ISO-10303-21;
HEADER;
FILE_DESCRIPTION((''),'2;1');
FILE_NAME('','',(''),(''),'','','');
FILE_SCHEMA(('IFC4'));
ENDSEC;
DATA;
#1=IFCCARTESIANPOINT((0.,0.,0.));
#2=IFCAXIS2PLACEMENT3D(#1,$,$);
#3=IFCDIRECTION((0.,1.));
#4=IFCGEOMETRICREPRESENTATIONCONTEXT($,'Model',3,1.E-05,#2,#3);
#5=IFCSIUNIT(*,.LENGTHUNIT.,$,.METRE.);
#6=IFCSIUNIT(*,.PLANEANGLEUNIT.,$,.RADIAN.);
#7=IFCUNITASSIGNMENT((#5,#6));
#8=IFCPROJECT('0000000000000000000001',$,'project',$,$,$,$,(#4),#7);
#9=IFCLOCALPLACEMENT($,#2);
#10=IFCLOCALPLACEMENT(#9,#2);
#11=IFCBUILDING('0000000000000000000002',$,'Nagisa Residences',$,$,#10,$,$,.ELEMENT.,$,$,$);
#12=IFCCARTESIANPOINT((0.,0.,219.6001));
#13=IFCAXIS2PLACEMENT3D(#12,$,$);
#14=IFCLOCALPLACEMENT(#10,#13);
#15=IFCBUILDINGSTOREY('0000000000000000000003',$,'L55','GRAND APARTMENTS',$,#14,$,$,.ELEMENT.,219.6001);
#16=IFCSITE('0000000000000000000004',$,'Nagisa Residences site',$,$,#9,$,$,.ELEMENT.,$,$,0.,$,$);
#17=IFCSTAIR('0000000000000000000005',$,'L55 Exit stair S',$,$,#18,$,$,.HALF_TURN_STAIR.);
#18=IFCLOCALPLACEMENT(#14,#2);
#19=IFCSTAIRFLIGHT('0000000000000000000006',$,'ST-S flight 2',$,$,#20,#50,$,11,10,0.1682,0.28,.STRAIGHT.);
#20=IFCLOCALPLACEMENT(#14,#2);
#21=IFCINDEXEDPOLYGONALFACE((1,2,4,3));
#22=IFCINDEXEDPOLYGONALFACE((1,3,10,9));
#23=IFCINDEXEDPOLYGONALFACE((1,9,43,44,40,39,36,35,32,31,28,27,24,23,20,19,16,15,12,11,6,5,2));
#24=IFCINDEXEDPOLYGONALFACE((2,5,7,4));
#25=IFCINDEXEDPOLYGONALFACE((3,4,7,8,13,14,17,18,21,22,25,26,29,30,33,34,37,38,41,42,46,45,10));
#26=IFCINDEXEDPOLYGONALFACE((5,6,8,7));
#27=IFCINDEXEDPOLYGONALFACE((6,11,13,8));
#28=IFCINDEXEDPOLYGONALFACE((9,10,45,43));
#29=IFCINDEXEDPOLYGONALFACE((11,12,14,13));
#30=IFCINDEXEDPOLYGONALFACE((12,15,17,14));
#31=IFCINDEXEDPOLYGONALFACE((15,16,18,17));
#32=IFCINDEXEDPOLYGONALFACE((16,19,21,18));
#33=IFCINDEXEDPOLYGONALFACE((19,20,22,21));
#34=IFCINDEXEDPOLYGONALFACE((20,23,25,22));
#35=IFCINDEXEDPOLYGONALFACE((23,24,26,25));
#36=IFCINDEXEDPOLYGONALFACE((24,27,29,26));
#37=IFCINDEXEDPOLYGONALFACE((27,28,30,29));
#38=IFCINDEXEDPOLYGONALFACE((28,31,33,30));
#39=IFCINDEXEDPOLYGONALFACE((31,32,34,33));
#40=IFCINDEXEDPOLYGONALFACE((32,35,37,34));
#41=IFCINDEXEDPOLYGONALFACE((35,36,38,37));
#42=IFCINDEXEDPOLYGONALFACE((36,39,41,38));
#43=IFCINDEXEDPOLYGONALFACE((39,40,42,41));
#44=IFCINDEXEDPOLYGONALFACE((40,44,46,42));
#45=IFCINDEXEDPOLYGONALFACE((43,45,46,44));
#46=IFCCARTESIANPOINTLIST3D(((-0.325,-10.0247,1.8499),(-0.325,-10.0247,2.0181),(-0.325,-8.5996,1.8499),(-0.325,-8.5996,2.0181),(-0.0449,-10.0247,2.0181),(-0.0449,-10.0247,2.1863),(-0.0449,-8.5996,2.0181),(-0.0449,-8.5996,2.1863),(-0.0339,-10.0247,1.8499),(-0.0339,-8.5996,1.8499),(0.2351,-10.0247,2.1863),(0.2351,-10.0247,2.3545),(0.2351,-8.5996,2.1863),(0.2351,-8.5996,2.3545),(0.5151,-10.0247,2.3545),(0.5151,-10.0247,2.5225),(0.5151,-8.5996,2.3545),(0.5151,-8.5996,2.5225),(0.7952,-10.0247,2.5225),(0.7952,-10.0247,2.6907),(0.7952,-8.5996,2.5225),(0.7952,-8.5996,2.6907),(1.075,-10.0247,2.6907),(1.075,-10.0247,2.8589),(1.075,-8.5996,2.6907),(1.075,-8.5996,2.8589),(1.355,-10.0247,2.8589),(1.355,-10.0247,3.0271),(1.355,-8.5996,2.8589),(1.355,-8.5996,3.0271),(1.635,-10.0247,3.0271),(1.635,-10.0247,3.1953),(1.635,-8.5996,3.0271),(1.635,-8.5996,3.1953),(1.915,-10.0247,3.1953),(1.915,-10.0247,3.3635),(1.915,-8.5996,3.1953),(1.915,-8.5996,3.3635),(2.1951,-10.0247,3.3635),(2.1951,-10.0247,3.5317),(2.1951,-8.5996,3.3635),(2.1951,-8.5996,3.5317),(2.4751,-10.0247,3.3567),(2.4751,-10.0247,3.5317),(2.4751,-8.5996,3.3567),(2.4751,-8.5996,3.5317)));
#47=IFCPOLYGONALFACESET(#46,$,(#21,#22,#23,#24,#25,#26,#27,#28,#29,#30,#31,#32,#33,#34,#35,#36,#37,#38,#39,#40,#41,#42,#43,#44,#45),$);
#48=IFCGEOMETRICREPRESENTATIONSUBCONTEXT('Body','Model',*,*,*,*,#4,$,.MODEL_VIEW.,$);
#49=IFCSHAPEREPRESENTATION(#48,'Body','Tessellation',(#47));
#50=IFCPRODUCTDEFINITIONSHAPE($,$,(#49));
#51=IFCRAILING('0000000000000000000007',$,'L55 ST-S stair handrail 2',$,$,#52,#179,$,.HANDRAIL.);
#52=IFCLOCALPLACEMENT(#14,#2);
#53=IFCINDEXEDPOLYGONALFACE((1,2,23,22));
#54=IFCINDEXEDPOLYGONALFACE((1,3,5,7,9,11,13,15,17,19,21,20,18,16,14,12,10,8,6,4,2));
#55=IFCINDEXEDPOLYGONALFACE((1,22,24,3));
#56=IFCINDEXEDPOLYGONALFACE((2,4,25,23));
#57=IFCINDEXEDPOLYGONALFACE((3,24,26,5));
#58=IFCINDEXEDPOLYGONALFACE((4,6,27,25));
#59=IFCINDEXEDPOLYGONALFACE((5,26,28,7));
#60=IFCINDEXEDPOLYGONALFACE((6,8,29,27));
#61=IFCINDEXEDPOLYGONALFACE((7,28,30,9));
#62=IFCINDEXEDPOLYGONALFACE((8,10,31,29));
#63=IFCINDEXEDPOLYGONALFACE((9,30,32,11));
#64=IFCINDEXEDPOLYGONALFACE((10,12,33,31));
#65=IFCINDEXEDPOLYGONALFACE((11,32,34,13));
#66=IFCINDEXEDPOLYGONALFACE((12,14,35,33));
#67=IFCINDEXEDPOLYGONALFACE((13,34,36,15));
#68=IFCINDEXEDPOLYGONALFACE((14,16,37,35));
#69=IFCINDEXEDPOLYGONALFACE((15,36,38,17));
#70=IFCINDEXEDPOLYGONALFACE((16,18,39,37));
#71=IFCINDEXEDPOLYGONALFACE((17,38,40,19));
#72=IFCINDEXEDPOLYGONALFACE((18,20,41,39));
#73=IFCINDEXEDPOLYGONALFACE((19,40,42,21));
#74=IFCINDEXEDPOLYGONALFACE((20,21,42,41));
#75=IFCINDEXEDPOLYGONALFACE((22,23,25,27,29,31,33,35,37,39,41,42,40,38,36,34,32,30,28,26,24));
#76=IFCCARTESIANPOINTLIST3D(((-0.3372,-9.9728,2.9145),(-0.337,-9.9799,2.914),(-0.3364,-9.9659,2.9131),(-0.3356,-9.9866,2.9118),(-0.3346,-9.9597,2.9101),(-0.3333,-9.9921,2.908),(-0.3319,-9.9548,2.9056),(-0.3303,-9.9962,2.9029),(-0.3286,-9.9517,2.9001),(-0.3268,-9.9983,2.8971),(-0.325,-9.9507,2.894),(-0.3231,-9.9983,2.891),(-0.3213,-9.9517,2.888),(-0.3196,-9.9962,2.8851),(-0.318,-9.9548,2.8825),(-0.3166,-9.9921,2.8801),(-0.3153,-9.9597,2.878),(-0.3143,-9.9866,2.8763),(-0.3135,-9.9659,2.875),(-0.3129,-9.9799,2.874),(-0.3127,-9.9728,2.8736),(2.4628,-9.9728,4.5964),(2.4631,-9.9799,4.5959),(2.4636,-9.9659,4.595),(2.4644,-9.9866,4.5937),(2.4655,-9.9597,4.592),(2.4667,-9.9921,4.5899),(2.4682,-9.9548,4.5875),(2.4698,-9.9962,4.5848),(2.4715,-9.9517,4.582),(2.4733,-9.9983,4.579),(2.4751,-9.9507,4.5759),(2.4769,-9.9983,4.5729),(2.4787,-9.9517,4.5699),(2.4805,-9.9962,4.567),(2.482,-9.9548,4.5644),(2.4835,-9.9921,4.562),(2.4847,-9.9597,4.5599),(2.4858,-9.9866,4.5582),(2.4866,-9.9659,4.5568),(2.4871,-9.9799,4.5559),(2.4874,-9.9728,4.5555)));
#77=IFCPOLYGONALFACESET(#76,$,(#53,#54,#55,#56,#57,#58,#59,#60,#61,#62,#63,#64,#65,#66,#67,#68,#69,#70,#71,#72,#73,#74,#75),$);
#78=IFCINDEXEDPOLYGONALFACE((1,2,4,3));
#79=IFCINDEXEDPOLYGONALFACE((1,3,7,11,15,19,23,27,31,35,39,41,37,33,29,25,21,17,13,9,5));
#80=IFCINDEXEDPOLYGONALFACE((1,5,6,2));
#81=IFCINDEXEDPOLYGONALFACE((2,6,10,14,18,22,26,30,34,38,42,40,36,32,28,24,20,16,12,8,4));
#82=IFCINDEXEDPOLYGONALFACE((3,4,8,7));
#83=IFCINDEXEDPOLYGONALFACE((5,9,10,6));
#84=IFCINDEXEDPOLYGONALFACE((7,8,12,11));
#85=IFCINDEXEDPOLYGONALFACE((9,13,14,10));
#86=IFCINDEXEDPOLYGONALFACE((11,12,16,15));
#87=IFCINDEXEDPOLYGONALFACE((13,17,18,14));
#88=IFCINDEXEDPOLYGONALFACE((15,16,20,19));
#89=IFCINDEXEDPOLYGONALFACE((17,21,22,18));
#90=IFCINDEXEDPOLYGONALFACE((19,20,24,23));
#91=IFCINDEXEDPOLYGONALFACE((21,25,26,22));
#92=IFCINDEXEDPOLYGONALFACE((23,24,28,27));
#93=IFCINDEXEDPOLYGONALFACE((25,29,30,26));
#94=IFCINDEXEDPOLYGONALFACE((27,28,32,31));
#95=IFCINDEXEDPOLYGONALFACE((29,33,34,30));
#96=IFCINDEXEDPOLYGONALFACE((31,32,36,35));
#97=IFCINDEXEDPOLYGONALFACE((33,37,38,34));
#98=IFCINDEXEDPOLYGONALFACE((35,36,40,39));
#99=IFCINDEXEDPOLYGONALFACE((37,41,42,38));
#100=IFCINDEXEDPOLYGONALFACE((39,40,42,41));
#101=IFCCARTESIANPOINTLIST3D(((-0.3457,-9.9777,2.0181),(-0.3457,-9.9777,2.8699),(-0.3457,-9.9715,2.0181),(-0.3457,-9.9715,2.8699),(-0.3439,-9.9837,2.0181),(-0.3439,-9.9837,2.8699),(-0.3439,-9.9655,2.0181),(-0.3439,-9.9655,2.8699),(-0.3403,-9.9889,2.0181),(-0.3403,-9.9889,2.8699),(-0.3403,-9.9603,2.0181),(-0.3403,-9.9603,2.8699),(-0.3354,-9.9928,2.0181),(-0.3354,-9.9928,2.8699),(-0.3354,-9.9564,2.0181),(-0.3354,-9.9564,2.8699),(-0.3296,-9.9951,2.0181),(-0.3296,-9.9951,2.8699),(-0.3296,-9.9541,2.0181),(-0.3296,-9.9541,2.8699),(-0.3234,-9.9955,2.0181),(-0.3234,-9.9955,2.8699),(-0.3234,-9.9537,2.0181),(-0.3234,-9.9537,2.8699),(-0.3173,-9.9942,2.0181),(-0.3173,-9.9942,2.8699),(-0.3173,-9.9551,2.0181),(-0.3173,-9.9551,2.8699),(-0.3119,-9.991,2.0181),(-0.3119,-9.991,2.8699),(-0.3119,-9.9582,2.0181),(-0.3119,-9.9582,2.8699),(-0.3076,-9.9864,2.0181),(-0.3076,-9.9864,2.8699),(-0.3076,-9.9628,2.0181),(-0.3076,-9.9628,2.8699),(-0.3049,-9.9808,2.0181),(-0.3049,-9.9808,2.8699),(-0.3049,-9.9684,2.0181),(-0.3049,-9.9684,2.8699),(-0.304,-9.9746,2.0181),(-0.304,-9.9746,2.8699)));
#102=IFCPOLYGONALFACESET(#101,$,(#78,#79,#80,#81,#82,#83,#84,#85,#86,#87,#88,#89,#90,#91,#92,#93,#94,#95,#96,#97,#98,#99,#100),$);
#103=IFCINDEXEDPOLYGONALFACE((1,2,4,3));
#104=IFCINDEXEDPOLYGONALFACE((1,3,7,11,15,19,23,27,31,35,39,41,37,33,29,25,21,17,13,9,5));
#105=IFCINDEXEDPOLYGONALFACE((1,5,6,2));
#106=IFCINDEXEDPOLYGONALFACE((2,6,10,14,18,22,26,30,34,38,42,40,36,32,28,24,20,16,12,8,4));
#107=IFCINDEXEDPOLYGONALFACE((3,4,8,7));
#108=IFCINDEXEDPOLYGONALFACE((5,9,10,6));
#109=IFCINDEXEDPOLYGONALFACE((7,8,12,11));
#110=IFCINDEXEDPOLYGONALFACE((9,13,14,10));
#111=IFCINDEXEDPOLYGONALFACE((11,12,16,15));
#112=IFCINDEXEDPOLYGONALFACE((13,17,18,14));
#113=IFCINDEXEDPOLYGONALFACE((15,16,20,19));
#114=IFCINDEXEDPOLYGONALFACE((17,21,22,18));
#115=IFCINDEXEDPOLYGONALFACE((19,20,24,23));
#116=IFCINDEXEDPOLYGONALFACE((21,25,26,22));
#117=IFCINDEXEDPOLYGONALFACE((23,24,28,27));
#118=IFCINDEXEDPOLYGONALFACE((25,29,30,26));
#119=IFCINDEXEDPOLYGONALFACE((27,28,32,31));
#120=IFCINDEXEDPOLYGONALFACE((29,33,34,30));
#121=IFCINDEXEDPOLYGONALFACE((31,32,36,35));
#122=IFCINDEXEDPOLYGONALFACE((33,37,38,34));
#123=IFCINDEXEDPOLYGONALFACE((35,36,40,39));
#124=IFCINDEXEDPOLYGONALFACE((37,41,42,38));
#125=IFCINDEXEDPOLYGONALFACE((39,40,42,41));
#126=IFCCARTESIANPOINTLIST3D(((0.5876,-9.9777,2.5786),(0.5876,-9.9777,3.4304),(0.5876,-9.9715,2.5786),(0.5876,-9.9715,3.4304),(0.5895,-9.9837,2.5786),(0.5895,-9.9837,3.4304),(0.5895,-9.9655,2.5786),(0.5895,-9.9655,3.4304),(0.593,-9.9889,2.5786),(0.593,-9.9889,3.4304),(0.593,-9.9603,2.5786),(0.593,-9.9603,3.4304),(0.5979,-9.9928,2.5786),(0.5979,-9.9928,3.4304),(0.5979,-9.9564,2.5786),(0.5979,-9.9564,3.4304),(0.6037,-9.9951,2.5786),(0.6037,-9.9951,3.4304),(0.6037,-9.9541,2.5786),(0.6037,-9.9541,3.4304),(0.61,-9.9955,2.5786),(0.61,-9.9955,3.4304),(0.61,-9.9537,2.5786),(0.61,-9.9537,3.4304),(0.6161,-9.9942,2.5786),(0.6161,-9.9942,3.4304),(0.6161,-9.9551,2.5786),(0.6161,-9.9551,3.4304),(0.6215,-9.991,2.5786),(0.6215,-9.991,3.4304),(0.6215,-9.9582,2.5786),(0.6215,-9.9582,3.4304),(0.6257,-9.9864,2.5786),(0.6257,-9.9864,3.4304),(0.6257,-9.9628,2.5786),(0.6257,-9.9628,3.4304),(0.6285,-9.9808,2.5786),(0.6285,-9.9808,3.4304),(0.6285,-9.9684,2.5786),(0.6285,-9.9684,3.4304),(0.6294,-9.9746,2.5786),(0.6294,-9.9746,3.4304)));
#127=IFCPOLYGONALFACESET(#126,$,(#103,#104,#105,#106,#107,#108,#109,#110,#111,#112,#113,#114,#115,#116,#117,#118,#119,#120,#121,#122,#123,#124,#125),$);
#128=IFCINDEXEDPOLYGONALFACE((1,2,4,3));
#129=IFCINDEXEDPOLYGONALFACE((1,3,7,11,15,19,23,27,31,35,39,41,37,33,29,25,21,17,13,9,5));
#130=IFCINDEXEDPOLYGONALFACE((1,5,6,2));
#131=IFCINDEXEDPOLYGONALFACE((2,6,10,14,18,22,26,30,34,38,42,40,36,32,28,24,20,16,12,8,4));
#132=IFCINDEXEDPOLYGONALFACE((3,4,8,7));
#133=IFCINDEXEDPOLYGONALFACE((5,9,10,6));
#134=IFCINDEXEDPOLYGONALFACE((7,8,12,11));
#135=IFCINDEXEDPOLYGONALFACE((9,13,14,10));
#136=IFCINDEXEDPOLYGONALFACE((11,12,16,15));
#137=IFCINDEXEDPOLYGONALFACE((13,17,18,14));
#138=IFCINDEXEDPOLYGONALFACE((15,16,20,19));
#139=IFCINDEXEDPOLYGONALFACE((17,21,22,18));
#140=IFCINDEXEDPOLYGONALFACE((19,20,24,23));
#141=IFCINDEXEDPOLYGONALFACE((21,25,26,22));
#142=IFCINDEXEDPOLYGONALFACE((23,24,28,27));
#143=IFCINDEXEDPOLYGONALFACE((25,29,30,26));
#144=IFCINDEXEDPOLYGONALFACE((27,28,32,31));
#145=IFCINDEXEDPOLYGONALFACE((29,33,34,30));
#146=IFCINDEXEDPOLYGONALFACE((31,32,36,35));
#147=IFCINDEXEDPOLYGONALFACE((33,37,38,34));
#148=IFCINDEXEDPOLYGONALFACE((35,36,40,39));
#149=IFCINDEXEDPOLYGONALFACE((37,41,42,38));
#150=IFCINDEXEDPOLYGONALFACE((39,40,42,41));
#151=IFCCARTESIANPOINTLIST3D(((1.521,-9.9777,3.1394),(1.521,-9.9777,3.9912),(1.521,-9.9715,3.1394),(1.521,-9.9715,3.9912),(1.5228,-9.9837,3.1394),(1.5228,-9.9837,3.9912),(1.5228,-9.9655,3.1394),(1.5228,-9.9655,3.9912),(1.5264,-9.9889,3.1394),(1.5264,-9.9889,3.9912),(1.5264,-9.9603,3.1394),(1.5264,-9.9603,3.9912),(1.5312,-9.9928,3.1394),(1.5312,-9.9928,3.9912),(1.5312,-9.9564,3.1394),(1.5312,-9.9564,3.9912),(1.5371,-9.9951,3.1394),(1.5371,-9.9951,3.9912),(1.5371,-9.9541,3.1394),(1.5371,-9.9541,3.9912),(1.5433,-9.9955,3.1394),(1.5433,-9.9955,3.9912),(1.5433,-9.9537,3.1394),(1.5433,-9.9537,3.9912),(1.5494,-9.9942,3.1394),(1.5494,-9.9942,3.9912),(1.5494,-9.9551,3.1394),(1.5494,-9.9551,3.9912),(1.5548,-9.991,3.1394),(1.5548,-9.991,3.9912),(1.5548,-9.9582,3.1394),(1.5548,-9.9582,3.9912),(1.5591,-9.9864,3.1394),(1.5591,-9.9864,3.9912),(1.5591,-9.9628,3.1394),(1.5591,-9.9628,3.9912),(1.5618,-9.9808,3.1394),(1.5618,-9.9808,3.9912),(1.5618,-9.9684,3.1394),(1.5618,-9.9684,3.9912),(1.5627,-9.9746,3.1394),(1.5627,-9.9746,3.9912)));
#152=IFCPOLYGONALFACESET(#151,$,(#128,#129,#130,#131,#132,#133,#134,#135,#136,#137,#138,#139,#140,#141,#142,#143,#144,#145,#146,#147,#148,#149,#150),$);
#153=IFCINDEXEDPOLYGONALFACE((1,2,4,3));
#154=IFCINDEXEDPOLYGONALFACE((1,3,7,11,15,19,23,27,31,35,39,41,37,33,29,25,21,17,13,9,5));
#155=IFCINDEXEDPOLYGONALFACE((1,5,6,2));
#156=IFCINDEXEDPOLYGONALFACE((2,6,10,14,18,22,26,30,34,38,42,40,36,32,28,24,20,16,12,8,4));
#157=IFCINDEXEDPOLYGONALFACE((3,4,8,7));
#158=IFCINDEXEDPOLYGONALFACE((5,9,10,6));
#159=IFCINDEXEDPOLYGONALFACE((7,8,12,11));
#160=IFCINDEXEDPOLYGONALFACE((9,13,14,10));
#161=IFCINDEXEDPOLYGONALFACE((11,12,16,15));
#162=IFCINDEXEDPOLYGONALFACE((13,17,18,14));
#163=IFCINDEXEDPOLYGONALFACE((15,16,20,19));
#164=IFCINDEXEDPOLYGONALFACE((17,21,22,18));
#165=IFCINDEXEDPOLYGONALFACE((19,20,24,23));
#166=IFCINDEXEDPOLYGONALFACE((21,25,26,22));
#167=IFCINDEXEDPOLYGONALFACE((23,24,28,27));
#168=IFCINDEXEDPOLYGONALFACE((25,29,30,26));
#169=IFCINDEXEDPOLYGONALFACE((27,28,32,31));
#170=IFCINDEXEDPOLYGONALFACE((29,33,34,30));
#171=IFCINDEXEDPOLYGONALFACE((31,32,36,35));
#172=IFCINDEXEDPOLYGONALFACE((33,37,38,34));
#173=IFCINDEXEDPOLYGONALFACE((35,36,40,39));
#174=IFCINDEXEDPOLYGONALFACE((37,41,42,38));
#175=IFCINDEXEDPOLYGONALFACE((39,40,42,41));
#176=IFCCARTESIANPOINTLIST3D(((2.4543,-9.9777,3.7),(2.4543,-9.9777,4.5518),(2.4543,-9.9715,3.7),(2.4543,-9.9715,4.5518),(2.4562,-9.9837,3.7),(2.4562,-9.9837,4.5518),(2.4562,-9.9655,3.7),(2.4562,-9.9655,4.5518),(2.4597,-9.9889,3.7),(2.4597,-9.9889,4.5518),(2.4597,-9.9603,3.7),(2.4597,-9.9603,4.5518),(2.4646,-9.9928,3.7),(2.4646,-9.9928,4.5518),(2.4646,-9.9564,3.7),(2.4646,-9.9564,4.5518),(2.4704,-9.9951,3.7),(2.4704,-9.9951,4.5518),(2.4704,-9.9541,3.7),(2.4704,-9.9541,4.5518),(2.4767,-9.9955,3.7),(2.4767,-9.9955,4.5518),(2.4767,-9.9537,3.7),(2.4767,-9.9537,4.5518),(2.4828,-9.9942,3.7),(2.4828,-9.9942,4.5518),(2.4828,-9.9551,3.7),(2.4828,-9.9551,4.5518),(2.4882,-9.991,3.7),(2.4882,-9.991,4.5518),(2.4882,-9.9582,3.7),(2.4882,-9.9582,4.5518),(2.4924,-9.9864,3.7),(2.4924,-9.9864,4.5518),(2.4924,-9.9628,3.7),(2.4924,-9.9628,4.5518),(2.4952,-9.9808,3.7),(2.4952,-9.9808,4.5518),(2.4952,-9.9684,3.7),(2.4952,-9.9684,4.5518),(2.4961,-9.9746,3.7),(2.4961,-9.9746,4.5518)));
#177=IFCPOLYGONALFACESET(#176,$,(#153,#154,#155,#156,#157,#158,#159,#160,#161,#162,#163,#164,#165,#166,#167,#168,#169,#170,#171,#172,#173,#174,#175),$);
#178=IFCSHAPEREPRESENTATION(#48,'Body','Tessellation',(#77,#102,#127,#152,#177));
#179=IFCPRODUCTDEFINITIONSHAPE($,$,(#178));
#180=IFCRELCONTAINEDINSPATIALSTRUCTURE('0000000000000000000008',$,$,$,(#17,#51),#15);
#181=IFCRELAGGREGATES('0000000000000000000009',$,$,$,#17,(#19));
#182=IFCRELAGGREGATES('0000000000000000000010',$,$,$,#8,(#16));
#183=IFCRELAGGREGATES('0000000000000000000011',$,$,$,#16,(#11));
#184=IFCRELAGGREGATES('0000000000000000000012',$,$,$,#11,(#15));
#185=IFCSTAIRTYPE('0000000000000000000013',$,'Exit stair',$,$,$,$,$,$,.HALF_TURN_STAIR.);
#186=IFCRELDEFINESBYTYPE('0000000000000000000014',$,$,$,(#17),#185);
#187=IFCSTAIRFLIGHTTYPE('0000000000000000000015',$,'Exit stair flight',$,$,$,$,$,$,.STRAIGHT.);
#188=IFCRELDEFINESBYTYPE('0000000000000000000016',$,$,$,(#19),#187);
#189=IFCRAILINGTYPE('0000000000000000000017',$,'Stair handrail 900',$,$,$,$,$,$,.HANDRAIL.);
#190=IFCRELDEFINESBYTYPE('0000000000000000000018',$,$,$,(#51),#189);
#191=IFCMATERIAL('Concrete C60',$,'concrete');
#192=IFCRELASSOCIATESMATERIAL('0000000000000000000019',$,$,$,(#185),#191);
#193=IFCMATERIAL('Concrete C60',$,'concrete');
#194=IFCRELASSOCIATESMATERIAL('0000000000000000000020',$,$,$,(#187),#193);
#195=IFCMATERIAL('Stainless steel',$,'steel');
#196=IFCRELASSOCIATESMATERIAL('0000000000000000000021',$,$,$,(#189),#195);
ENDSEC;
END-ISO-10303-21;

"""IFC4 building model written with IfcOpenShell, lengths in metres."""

from ifc_helpers import new_model, si_unit, direction, frame, origin, origin_2d, place, context, subcontext, project, spatial, polyline, circle, outline, extrude, material, type_object, element, aggregate, save


model = new_model("IFC4")

# Units and contexts
model_context = context("Model", 3, precision=1e-05, world=origin(), true_north=direction((0.0, 1.0)))
body_context = subcontext(model_context, "Body", "Model", "MODEL_VIEW")
ifc_project = project(units=[si_unit("LENGTHUNIT", "METRE"), si_unit("PLANEANGLEUNIT", "RADIAN")], contexts=[model_context])

# Site, building, storey
site_placement = place(None, origin())
site = spatial("IfcSite", under=ifc_project, at=site_placement, Name="Nagisa Residences site", CompositionType="ELEMENT", RefElevation=0.0)
building_placement = place(site_placement, origin())
building = spatial("IfcBuilding", under=site, at=building_placement, Name="Nagisa Residences", CompositionType="ELEMENT")
storey_placement = place(building_placement, frame((0.0, 0.0, 219.6001)))
storey = spatial("IfcBuildingStorey", under=building, at=storey_placement, Name="L55", Description="GRAND APARTMENTS", CompositionType="ELEMENT", Elevation=219.6001)

# Stair, stair flight
ifc_material_1 = material(Name="Concrete C60", Category="concrete")
stair_type = type_object("IfcStairType", Name="Exit stair", PredefinedType="HALF_TURN_STAIR", material=ifc_material_1)
stair_placement = place(storey_placement, origin())
stair = element("IfcStair", 1, at=stair_placement, inside=storey, type_object=stair_type, Name="L55 Exit stair S", PredefinedType="HALF_TURN_STAIR")
ifc_material_2 = material(Name="Concrete C60", Category="concrete")
stair_flight_type = type_object("IfcStairFlightType", Name="Exit stair flight", PredefinedType="STRAIGHT", material=ifc_material_2)
stair_flight_placement = place(storey_placement, frame((-0.325, -9.312, 1.8499), z_axis=(0.0, 0.0, 1.0), x_axis=(1.0, 0.0, 0.0)))
stair_flight = element("IfcStairFlight", 2, at=stair_flight_placement, type_object=stair_flight_type, Name="ST-S flight 2", NumberOfRisers=11, NumberOfTreads=10, PredefinedType="STRAIGHT", RiserHeight=0.1682, TreadLength=0.28, context=body_context, shape_type="SweptSolid", body=[
    extrude(outline(polyline([(0.0, 0.0), (0.0, 0.1682), (0.28, 0.1682), (0.28, 0.3364), (0.5601, 0.3364), (0.5601, 0.5046), (0.8401, 0.5046), (0.8401, 0.6726), (1.1201, 0.6726), (1.1201, 0.8408), (1.3999, 0.8408), (1.3999, 1.009), (1.6799, 1.009), (1.6799, 1.1772), (1.96, 1.1772), (1.96, 1.3455), (2.24, 1.3455), (2.24, 1.5137), (2.52, 1.5137), (2.52, 1.6819), (2.8, 1.6819), (2.8, 1.8501), (2.8, 1.5068), (0.291, 0.0), (0.0, 0.0)])), frame((0.0, 0.7124, 0.0), z_axis=(0.0, -1.0, 0.0), x_axis=(1.0, 0.0, 0.0)), (0.0, 0.0, 1.0), 1.425),
])
aggregate(stair, [stair_flight])

# Railing
ifc_material_3 = material(Name="Stainless steel", Category="steel")
railing_type = type_object("IfcRailingType", Name="Stair handrail 900", PredefinedType="HANDRAIL", material=ifc_material_3)
railing_placement = place(storey_placement, frame((-0.325, -9.9746, 2.0181)))
element("IfcRailing", 3, at=railing_placement, inside=storey, type_object=railing_type, Name="L55 ST-S stair handrail 2", PredefinedType="HANDRAIL", context=body_context, shape_type="SweptSolid", body=[
    extrude(circle(Radius=0.0239, at=origin_2d()), frame((0.0, 0.0, 0.876), z_axis=(0.857242, 0.0, 0.514913), x_axis=(0.0, 1.0, 0.0)), (0.0, 0.0, 1.0), 3.2664),
    extrude(circle(Radius=0.021, at=origin_2d()), origin(), (0.0, 0.0, 1.0), 0.8518),
    extrude(circle(Radius=0.021, at=origin_2d()), frame((0.9333, 0.0, 0.5605)), (0.0, 0.0, 1.0), 0.8518),
    extrude(circle(Radius=0.021, at=origin_2d()), frame((1.8667, 0.0, 1.1213)), (0.0, 0.0, 1.0), 0.8518),
    extrude(circle(Radius=0.021, at=origin_2d()), frame((2.8, 0.0, 1.6819)), (0.0, 0.0, 1.0), 0.8518),
])

save(model, "model.ifc")
